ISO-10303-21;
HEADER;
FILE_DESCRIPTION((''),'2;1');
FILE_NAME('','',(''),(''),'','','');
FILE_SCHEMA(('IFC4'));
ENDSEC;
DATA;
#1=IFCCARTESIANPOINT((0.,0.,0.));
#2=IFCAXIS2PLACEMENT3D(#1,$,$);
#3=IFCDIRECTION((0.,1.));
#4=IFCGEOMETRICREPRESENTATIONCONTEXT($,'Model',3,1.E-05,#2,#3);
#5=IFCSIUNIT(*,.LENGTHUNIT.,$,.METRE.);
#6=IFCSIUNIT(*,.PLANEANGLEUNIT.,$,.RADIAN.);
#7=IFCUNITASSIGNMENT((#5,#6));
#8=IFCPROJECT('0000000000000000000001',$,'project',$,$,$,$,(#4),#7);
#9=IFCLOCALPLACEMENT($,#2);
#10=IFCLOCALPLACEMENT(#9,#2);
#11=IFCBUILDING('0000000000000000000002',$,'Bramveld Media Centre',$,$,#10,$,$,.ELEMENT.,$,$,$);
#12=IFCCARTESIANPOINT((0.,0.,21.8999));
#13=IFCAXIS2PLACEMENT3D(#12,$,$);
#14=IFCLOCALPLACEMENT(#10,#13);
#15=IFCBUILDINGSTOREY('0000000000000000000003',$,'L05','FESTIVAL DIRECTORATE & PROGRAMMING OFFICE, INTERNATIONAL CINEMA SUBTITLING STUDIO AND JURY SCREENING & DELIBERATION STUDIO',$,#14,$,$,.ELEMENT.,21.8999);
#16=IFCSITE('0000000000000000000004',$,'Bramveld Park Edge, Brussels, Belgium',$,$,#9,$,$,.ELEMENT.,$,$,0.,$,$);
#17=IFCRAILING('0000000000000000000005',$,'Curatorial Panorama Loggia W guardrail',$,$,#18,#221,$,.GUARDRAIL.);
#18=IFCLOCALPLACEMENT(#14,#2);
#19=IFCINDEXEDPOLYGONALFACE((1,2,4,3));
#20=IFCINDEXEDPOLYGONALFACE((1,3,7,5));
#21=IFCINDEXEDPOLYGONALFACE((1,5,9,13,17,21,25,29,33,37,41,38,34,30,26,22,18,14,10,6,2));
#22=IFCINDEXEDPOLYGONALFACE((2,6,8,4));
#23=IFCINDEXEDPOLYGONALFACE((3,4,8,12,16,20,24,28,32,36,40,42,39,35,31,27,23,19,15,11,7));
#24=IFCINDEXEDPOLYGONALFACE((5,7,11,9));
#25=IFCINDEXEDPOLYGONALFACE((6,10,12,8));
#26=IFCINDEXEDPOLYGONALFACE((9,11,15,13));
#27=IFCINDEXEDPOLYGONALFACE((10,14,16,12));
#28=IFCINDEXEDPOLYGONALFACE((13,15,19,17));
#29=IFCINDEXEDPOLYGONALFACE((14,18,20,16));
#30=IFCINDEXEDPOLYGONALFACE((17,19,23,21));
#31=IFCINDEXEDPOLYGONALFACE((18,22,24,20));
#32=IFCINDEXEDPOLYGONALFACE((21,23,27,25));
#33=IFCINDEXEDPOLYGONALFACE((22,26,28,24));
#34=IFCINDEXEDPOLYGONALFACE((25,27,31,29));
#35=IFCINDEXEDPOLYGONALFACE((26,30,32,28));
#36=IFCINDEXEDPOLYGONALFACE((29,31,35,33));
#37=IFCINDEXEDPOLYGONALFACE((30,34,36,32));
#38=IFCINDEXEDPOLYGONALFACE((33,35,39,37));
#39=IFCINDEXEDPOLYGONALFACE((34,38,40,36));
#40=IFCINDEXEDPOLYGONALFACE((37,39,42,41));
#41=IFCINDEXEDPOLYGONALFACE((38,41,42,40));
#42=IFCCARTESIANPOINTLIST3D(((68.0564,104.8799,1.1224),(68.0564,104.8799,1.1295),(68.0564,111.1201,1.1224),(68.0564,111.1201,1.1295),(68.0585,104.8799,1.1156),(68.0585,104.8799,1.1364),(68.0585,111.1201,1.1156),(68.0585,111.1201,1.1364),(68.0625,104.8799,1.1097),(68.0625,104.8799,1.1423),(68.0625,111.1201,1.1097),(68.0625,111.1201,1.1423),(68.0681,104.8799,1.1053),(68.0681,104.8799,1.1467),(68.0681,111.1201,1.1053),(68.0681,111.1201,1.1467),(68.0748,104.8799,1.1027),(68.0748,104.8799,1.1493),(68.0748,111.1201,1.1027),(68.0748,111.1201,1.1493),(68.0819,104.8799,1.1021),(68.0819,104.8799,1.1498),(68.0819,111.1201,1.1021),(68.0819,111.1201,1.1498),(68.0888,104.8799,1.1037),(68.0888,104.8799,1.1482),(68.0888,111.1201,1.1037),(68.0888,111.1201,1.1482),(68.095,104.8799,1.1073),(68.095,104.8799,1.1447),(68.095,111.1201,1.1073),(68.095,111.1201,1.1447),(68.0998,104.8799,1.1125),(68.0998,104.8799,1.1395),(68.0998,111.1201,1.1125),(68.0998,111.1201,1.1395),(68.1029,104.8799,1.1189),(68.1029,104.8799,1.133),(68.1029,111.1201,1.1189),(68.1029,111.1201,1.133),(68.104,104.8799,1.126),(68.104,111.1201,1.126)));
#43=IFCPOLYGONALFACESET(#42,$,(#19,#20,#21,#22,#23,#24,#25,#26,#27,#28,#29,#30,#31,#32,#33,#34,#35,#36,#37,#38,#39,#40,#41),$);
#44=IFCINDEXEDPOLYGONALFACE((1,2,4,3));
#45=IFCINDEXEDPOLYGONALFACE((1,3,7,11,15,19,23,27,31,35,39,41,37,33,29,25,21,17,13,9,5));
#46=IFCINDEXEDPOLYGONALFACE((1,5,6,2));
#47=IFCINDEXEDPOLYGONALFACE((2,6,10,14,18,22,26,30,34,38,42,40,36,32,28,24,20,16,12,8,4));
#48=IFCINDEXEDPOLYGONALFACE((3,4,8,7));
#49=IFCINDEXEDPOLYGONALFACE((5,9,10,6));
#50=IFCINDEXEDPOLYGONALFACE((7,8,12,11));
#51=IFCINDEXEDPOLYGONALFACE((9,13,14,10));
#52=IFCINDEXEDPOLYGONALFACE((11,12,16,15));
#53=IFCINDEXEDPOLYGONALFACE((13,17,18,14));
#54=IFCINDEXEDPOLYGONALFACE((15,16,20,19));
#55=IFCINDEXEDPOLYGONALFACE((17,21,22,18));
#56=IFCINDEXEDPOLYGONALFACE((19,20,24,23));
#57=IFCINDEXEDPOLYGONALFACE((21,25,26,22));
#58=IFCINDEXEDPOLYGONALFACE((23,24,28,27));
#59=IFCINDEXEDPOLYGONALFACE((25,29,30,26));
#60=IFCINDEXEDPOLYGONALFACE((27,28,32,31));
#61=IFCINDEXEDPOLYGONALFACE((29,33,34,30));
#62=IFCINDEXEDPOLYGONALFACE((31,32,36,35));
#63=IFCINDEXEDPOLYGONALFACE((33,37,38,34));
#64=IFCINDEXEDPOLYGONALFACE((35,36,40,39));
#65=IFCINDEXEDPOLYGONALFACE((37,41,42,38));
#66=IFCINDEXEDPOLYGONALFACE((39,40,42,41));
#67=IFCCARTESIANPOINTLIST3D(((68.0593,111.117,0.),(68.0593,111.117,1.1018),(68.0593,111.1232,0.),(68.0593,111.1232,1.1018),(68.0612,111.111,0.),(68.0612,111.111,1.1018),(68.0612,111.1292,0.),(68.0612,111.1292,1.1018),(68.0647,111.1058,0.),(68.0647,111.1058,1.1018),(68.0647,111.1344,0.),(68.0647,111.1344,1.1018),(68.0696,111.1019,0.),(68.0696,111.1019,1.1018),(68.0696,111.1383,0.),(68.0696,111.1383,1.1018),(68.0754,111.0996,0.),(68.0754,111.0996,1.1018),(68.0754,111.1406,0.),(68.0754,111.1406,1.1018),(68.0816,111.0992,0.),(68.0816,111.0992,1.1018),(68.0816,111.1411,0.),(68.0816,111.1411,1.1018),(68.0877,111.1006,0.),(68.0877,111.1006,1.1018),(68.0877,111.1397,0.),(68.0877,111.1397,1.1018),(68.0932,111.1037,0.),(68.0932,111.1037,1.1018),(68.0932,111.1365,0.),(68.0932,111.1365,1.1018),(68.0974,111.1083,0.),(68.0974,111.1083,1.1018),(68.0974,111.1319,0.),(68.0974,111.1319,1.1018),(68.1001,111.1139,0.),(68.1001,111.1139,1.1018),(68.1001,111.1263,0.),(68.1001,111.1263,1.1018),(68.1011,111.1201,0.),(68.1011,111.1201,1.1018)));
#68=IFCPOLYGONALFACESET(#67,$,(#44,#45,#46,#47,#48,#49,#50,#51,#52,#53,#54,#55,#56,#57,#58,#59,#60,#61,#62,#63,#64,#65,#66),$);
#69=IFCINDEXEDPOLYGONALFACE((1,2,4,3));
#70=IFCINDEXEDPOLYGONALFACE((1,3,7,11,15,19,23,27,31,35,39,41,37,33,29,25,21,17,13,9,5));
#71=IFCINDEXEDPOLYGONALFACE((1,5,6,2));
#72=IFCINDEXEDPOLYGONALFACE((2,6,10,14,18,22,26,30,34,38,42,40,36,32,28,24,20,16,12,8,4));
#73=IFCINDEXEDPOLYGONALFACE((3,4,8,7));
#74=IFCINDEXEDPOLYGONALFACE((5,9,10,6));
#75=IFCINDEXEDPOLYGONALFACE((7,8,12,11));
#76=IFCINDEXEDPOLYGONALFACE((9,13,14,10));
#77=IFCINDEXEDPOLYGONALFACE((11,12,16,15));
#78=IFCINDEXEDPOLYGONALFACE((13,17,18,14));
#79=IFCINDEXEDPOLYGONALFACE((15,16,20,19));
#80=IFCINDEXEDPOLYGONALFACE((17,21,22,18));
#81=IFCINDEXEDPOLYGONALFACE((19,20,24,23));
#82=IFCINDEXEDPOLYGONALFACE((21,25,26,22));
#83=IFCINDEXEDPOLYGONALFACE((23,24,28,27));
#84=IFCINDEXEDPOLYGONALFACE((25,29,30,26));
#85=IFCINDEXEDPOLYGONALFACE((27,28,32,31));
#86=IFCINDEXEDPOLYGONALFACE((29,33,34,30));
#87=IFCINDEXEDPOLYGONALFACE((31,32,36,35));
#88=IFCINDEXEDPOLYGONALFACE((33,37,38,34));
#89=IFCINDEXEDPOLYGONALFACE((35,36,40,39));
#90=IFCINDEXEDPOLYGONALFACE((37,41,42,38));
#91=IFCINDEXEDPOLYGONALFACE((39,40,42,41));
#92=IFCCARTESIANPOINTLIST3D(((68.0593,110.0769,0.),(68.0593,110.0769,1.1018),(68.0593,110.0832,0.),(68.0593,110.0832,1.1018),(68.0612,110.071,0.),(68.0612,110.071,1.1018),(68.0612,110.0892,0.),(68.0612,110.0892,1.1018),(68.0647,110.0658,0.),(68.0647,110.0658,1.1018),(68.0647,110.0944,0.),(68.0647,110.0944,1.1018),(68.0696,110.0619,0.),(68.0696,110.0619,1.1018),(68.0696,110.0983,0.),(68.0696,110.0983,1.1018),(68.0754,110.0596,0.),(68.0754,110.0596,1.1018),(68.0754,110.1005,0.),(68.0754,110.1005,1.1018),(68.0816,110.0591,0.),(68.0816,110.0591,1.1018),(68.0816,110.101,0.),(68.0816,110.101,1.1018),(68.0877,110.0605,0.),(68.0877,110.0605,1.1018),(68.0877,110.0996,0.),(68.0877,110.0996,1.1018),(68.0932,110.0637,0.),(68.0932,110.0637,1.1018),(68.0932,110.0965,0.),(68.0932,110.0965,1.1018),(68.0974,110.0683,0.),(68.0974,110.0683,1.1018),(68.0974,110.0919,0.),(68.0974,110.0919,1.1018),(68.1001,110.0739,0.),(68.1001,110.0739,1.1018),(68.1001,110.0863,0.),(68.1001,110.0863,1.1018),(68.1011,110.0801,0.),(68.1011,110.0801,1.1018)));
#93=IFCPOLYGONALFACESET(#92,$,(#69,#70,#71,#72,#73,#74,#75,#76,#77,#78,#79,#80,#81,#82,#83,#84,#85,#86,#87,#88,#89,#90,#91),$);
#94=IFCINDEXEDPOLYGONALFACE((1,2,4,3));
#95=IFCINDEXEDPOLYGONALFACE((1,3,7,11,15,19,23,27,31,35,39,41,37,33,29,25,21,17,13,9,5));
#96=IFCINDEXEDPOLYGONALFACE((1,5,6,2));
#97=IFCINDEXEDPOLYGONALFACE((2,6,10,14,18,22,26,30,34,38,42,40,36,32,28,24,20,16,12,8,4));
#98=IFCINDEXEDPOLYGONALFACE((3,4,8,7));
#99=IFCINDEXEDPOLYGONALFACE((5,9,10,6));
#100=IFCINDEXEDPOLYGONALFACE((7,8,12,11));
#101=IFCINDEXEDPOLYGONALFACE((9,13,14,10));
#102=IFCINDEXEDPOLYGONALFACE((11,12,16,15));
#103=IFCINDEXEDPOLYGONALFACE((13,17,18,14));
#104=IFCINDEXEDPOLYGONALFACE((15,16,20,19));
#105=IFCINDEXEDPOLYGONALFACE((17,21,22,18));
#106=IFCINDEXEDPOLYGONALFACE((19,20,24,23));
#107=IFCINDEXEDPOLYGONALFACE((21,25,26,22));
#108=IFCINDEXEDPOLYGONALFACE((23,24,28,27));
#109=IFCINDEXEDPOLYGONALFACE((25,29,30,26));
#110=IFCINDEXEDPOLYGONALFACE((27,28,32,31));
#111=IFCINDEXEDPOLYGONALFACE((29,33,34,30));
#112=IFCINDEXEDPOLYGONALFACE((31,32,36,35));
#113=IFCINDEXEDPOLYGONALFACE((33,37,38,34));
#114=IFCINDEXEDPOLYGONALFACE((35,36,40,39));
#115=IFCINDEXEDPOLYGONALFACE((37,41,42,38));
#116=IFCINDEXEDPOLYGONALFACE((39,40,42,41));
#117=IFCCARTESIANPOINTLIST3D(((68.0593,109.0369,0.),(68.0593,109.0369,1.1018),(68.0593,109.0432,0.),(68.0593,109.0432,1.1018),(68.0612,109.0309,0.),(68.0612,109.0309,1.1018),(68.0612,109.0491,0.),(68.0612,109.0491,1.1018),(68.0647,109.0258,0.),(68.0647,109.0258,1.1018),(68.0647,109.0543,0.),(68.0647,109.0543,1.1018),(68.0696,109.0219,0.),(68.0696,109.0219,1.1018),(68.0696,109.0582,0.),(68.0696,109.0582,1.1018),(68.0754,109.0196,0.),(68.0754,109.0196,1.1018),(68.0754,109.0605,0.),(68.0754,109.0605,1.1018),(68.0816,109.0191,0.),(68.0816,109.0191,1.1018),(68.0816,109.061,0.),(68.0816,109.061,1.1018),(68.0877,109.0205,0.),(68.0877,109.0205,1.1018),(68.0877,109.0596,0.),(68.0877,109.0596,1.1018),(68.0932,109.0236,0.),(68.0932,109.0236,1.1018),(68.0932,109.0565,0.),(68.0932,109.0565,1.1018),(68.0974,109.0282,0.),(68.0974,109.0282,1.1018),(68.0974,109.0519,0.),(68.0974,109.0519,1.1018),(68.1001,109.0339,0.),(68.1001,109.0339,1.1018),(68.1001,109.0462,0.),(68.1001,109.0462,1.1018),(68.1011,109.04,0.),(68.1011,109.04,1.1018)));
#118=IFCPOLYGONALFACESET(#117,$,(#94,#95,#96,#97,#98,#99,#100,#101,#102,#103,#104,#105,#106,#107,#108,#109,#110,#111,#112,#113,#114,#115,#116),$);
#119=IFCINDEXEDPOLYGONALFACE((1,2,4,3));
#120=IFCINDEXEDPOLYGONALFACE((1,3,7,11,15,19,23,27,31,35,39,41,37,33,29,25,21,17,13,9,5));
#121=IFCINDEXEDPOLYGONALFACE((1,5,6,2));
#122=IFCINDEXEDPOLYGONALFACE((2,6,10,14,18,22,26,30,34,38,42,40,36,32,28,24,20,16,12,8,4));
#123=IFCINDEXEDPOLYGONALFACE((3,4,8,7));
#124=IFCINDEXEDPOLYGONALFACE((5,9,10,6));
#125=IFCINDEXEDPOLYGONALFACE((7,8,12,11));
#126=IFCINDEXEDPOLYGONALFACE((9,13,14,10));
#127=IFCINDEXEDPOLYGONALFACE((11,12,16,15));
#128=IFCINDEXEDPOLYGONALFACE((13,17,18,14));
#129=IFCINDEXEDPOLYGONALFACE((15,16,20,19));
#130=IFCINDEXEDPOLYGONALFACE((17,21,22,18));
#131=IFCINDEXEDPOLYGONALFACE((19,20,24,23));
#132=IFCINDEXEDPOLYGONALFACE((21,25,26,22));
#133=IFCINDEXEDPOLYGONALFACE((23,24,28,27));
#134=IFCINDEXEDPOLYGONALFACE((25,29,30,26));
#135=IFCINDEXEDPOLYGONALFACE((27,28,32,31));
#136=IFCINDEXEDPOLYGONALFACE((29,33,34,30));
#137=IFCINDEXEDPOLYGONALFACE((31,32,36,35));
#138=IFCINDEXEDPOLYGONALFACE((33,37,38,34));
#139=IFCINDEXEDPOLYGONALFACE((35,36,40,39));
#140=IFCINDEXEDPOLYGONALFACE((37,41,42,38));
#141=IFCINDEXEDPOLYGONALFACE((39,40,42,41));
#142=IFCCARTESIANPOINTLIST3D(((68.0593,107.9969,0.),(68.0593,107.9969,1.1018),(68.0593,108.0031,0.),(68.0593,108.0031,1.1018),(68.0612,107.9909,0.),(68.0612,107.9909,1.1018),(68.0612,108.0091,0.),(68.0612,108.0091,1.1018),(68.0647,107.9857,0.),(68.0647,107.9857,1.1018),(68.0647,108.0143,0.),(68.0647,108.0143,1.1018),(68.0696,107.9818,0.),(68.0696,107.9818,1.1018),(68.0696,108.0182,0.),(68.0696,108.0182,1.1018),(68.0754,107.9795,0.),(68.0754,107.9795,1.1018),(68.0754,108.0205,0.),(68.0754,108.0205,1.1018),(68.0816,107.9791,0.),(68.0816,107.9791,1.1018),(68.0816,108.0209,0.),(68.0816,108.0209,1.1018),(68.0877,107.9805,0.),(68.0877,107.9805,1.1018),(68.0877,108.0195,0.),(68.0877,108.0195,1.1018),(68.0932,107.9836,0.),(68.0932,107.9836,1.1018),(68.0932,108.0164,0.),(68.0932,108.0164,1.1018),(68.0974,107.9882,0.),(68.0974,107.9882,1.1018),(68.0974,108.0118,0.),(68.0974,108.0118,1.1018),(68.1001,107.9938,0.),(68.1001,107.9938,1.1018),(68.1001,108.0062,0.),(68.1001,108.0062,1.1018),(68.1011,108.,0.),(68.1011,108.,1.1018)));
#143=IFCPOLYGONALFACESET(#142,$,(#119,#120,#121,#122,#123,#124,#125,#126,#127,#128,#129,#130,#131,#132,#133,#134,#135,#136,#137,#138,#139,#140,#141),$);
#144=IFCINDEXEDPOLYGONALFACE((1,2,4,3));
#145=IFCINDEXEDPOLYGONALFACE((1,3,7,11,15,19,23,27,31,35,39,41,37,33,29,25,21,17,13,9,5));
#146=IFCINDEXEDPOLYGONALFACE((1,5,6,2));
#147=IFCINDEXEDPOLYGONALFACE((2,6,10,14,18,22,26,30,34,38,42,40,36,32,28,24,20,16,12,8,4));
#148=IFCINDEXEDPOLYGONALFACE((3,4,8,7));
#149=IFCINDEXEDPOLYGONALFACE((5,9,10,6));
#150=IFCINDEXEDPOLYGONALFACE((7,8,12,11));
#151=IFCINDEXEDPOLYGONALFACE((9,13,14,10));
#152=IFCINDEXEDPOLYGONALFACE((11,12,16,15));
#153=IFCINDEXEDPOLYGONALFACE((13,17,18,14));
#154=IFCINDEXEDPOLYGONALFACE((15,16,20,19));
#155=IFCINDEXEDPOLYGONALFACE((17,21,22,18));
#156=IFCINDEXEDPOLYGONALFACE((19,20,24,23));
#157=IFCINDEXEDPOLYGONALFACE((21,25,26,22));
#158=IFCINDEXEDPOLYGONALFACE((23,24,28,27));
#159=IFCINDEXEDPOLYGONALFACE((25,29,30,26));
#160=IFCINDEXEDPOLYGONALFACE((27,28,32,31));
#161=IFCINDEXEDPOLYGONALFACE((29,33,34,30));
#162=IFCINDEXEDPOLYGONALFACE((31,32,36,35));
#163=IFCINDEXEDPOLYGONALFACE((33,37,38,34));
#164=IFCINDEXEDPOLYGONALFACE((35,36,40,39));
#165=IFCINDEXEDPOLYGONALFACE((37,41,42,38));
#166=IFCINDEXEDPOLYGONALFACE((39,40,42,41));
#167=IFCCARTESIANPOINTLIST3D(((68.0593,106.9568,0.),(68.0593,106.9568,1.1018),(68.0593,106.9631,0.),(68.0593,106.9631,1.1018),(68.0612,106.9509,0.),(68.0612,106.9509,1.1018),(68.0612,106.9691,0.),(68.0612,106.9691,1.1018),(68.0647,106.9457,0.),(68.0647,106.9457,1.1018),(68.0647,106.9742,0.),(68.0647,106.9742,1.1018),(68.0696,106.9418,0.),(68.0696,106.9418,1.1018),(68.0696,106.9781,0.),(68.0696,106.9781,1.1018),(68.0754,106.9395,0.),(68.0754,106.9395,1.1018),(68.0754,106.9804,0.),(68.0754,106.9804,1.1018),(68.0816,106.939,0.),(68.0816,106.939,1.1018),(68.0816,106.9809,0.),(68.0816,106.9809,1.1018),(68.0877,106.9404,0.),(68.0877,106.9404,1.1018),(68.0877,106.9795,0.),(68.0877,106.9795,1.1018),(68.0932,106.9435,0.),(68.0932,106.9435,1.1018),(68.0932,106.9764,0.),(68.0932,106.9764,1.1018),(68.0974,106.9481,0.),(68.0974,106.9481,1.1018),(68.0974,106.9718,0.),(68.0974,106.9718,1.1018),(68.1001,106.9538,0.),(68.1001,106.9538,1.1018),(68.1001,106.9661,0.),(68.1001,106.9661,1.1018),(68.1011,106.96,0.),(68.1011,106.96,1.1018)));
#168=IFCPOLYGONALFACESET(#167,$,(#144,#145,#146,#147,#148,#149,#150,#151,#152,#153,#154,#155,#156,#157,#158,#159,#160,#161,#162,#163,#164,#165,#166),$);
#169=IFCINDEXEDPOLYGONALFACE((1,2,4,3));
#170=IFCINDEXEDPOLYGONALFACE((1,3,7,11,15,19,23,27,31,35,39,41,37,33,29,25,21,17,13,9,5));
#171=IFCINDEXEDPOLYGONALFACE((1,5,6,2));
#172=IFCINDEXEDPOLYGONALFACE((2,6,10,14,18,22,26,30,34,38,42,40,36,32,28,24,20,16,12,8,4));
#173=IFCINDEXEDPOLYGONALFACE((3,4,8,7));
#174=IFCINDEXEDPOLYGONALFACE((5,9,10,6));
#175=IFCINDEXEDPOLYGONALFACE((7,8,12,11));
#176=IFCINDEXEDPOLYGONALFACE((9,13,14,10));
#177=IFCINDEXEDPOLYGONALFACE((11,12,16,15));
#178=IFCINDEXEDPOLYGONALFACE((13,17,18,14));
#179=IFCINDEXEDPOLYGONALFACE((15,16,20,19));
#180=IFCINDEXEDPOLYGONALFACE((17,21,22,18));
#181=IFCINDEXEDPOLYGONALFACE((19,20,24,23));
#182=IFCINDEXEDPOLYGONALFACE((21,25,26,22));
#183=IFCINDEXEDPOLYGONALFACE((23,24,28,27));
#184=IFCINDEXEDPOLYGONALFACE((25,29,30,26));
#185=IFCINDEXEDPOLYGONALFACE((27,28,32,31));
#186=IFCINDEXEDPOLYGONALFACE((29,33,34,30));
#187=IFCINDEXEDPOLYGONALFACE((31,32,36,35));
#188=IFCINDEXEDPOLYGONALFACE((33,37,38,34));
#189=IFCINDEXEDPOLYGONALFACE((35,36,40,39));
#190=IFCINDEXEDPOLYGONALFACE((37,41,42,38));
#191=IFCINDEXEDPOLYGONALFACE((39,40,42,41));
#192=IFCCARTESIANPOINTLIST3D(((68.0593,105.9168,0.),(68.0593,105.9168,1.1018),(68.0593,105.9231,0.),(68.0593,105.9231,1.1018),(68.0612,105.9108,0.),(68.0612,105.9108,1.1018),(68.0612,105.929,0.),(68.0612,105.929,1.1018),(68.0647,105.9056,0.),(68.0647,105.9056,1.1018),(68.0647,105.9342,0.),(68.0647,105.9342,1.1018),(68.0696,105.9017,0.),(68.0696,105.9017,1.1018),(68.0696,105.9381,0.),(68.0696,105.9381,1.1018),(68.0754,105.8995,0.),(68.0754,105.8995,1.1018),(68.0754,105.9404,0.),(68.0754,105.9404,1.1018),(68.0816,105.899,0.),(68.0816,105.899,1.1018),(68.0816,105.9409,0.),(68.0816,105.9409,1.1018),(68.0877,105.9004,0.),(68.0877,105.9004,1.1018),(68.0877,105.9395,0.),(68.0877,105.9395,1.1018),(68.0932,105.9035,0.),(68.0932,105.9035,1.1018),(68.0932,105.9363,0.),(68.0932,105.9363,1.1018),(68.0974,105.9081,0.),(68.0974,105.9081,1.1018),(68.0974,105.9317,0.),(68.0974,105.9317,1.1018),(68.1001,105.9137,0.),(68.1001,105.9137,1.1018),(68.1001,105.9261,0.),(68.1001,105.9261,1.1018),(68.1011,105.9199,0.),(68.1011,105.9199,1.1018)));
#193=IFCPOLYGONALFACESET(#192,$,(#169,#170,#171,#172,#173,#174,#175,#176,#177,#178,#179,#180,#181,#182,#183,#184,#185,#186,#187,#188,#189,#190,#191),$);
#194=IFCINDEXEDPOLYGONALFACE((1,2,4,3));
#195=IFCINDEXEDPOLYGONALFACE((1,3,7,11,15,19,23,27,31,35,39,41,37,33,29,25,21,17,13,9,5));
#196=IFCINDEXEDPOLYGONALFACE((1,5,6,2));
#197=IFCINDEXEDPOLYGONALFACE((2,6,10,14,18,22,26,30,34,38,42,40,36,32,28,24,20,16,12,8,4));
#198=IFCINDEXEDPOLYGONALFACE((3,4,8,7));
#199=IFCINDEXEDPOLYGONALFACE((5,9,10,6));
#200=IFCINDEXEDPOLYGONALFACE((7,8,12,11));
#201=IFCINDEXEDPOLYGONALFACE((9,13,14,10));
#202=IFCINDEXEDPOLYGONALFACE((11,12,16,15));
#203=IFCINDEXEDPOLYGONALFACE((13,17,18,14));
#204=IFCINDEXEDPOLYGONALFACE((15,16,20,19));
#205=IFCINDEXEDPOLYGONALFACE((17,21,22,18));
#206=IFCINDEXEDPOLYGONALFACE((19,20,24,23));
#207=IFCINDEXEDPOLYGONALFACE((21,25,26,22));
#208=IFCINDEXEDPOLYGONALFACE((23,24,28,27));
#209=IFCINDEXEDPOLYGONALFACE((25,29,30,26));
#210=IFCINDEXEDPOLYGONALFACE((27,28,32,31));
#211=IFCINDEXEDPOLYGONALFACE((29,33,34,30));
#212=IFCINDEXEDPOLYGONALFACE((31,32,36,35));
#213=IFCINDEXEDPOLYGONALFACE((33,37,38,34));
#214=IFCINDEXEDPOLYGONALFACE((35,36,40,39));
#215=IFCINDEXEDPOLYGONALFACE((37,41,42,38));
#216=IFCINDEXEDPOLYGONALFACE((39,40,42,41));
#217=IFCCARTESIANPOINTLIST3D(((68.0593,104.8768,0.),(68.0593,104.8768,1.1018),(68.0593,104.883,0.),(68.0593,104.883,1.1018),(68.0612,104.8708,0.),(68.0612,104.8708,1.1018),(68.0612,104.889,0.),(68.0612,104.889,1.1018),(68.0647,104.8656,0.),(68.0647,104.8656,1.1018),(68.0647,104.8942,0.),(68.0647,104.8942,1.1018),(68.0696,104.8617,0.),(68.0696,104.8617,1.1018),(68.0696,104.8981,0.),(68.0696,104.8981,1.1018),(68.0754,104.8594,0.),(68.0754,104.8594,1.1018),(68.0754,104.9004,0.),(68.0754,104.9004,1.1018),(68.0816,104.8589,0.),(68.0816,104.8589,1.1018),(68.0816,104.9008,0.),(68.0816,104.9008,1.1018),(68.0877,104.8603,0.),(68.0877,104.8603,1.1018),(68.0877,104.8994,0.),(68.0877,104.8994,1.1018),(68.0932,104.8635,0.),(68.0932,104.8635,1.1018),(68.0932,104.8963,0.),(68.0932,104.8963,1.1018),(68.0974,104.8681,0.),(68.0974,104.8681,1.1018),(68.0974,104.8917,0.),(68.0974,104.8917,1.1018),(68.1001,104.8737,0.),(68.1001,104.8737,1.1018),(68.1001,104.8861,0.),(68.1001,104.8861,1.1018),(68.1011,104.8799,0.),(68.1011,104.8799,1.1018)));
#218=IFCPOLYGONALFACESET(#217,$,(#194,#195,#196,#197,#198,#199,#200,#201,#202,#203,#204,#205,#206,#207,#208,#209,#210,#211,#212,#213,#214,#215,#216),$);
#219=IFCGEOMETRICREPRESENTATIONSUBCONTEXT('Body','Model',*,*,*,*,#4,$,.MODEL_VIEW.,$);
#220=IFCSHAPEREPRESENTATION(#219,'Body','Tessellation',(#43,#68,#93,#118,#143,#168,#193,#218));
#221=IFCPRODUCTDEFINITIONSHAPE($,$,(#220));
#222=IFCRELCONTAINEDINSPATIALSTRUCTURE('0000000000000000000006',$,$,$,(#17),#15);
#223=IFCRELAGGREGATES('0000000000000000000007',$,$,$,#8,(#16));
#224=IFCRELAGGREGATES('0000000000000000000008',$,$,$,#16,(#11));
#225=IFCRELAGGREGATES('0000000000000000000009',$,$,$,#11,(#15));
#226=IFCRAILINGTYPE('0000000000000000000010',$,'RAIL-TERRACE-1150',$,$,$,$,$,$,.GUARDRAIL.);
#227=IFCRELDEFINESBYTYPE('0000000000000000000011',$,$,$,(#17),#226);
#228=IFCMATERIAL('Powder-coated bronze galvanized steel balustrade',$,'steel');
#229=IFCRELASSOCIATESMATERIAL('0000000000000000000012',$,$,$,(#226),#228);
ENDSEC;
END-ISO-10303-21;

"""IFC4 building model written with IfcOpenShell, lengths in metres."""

from ifc_helpers import new_model, si_unit, direction, frame, origin, origin_2d, place, context, subcontext, project, spatial, circle, extrude, material, type_object, element, save


model = new_model("IFC4")

# Units and contexts
model_context = context("Model", 3, precision=1e-05, world=origin(), true_north=direction((0.0, 1.0)))
body_context = subcontext(model_context, "Body", "Model", "MODEL_VIEW")
ifc_project = project(units=[si_unit("LENGTHUNIT", "METRE"), si_unit("PLANEANGLEUNIT", "RADIAN")], contexts=[model_context])

# Site, building, storey
site_placement = place(None, origin())
site = spatial("IfcSite", under=ifc_project, at=site_placement, Name="Bramveld Park Edge, Brussels, Belgium", CompositionType="ELEMENT", RefElevation=0.0)
building_placement = place(site_placement, origin())
building = spatial("IfcBuilding", under=site, at=building_placement, Name="Bramveld Media Centre", CompositionType="ELEMENT")
storey_placement = place(building_placement, frame((0.0, 0.0, 21.8999)))
storey = spatial("IfcBuildingStorey", under=building, at=storey_placement, Name="L05", Description="FESTIVAL DIRECTORATE & PROGRAMMING OFFICE, INTERNATIONAL CINEMA SUBTITLING STUDIO AND JURY SCREENING & DELIBERATION STUDIO", CompositionType="ELEMENT", Elevation=21.8999)

# Railing
ifc_material_1 = material(Name="Powder-coated bronze galvanized steel balustrade", Category="steel")
railing_type = type_object("IfcRailingType", Name="RAIL-TERRACE-1150", PredefinedType="GUARDRAIL", material=ifc_material_1)
railing_placement = place(storey_placement, frame((68.0801, 111.1201, 0.0)))
element("IfcRailing", 1, at=railing_placement, inside=storey, type_object=railing_type, Name="Curatorial Panorama Loggia W guardrail", PredefinedType="GUARDRAIL", context=body_context, shape_type="SweptSolid", body=[
    extrude(circle(Radius=0.0239, at=origin_2d()), frame((0.0, 0.0, 1.126), z_axis=(0.0, -1.0, 0.0), x_axis=(1.0, 0.0, 0.0)), (0.0, 0.0, 1.0), 6.2402),
    extrude(circle(Radius=0.021, at=origin_2d()), origin(), (0.0, 0.0, 1.0), 1.1018),
    extrude(circle(Radius=0.021, at=origin_2d()), frame((0.0, -1.04, 0.0)), (0.0, 0.0, 1.0), 1.1018),
    extrude(circle(Radius=0.021, at=origin_2d()), frame((0.0, -2.0801, 0.0)), (0.0, 0.0, 1.0), 1.1018),
    extrude(circle(Radius=0.021, at=origin_2d()), frame((0.0, -3.1201, 0.0)), (0.0, 0.0, 1.0), 1.1018),
    extrude(circle(Radius=0.021, at=origin_2d()), frame((0.0, -4.1602, 0.0)), (0.0, 0.0, 1.0), 1.1018),
    extrude(circle(Radius=0.021, at=origin_2d()), frame((0.0, -5.2002, 0.0)), (0.0, 0.0, 1.0), 1.1018),
    extrude(circle(Radius=0.021, at=origin_2d()), frame((0.0, -6.2402, 0.0)), (0.0, 0.0, 1.0), 1.1018),
])

save(model, "model.ifc")
